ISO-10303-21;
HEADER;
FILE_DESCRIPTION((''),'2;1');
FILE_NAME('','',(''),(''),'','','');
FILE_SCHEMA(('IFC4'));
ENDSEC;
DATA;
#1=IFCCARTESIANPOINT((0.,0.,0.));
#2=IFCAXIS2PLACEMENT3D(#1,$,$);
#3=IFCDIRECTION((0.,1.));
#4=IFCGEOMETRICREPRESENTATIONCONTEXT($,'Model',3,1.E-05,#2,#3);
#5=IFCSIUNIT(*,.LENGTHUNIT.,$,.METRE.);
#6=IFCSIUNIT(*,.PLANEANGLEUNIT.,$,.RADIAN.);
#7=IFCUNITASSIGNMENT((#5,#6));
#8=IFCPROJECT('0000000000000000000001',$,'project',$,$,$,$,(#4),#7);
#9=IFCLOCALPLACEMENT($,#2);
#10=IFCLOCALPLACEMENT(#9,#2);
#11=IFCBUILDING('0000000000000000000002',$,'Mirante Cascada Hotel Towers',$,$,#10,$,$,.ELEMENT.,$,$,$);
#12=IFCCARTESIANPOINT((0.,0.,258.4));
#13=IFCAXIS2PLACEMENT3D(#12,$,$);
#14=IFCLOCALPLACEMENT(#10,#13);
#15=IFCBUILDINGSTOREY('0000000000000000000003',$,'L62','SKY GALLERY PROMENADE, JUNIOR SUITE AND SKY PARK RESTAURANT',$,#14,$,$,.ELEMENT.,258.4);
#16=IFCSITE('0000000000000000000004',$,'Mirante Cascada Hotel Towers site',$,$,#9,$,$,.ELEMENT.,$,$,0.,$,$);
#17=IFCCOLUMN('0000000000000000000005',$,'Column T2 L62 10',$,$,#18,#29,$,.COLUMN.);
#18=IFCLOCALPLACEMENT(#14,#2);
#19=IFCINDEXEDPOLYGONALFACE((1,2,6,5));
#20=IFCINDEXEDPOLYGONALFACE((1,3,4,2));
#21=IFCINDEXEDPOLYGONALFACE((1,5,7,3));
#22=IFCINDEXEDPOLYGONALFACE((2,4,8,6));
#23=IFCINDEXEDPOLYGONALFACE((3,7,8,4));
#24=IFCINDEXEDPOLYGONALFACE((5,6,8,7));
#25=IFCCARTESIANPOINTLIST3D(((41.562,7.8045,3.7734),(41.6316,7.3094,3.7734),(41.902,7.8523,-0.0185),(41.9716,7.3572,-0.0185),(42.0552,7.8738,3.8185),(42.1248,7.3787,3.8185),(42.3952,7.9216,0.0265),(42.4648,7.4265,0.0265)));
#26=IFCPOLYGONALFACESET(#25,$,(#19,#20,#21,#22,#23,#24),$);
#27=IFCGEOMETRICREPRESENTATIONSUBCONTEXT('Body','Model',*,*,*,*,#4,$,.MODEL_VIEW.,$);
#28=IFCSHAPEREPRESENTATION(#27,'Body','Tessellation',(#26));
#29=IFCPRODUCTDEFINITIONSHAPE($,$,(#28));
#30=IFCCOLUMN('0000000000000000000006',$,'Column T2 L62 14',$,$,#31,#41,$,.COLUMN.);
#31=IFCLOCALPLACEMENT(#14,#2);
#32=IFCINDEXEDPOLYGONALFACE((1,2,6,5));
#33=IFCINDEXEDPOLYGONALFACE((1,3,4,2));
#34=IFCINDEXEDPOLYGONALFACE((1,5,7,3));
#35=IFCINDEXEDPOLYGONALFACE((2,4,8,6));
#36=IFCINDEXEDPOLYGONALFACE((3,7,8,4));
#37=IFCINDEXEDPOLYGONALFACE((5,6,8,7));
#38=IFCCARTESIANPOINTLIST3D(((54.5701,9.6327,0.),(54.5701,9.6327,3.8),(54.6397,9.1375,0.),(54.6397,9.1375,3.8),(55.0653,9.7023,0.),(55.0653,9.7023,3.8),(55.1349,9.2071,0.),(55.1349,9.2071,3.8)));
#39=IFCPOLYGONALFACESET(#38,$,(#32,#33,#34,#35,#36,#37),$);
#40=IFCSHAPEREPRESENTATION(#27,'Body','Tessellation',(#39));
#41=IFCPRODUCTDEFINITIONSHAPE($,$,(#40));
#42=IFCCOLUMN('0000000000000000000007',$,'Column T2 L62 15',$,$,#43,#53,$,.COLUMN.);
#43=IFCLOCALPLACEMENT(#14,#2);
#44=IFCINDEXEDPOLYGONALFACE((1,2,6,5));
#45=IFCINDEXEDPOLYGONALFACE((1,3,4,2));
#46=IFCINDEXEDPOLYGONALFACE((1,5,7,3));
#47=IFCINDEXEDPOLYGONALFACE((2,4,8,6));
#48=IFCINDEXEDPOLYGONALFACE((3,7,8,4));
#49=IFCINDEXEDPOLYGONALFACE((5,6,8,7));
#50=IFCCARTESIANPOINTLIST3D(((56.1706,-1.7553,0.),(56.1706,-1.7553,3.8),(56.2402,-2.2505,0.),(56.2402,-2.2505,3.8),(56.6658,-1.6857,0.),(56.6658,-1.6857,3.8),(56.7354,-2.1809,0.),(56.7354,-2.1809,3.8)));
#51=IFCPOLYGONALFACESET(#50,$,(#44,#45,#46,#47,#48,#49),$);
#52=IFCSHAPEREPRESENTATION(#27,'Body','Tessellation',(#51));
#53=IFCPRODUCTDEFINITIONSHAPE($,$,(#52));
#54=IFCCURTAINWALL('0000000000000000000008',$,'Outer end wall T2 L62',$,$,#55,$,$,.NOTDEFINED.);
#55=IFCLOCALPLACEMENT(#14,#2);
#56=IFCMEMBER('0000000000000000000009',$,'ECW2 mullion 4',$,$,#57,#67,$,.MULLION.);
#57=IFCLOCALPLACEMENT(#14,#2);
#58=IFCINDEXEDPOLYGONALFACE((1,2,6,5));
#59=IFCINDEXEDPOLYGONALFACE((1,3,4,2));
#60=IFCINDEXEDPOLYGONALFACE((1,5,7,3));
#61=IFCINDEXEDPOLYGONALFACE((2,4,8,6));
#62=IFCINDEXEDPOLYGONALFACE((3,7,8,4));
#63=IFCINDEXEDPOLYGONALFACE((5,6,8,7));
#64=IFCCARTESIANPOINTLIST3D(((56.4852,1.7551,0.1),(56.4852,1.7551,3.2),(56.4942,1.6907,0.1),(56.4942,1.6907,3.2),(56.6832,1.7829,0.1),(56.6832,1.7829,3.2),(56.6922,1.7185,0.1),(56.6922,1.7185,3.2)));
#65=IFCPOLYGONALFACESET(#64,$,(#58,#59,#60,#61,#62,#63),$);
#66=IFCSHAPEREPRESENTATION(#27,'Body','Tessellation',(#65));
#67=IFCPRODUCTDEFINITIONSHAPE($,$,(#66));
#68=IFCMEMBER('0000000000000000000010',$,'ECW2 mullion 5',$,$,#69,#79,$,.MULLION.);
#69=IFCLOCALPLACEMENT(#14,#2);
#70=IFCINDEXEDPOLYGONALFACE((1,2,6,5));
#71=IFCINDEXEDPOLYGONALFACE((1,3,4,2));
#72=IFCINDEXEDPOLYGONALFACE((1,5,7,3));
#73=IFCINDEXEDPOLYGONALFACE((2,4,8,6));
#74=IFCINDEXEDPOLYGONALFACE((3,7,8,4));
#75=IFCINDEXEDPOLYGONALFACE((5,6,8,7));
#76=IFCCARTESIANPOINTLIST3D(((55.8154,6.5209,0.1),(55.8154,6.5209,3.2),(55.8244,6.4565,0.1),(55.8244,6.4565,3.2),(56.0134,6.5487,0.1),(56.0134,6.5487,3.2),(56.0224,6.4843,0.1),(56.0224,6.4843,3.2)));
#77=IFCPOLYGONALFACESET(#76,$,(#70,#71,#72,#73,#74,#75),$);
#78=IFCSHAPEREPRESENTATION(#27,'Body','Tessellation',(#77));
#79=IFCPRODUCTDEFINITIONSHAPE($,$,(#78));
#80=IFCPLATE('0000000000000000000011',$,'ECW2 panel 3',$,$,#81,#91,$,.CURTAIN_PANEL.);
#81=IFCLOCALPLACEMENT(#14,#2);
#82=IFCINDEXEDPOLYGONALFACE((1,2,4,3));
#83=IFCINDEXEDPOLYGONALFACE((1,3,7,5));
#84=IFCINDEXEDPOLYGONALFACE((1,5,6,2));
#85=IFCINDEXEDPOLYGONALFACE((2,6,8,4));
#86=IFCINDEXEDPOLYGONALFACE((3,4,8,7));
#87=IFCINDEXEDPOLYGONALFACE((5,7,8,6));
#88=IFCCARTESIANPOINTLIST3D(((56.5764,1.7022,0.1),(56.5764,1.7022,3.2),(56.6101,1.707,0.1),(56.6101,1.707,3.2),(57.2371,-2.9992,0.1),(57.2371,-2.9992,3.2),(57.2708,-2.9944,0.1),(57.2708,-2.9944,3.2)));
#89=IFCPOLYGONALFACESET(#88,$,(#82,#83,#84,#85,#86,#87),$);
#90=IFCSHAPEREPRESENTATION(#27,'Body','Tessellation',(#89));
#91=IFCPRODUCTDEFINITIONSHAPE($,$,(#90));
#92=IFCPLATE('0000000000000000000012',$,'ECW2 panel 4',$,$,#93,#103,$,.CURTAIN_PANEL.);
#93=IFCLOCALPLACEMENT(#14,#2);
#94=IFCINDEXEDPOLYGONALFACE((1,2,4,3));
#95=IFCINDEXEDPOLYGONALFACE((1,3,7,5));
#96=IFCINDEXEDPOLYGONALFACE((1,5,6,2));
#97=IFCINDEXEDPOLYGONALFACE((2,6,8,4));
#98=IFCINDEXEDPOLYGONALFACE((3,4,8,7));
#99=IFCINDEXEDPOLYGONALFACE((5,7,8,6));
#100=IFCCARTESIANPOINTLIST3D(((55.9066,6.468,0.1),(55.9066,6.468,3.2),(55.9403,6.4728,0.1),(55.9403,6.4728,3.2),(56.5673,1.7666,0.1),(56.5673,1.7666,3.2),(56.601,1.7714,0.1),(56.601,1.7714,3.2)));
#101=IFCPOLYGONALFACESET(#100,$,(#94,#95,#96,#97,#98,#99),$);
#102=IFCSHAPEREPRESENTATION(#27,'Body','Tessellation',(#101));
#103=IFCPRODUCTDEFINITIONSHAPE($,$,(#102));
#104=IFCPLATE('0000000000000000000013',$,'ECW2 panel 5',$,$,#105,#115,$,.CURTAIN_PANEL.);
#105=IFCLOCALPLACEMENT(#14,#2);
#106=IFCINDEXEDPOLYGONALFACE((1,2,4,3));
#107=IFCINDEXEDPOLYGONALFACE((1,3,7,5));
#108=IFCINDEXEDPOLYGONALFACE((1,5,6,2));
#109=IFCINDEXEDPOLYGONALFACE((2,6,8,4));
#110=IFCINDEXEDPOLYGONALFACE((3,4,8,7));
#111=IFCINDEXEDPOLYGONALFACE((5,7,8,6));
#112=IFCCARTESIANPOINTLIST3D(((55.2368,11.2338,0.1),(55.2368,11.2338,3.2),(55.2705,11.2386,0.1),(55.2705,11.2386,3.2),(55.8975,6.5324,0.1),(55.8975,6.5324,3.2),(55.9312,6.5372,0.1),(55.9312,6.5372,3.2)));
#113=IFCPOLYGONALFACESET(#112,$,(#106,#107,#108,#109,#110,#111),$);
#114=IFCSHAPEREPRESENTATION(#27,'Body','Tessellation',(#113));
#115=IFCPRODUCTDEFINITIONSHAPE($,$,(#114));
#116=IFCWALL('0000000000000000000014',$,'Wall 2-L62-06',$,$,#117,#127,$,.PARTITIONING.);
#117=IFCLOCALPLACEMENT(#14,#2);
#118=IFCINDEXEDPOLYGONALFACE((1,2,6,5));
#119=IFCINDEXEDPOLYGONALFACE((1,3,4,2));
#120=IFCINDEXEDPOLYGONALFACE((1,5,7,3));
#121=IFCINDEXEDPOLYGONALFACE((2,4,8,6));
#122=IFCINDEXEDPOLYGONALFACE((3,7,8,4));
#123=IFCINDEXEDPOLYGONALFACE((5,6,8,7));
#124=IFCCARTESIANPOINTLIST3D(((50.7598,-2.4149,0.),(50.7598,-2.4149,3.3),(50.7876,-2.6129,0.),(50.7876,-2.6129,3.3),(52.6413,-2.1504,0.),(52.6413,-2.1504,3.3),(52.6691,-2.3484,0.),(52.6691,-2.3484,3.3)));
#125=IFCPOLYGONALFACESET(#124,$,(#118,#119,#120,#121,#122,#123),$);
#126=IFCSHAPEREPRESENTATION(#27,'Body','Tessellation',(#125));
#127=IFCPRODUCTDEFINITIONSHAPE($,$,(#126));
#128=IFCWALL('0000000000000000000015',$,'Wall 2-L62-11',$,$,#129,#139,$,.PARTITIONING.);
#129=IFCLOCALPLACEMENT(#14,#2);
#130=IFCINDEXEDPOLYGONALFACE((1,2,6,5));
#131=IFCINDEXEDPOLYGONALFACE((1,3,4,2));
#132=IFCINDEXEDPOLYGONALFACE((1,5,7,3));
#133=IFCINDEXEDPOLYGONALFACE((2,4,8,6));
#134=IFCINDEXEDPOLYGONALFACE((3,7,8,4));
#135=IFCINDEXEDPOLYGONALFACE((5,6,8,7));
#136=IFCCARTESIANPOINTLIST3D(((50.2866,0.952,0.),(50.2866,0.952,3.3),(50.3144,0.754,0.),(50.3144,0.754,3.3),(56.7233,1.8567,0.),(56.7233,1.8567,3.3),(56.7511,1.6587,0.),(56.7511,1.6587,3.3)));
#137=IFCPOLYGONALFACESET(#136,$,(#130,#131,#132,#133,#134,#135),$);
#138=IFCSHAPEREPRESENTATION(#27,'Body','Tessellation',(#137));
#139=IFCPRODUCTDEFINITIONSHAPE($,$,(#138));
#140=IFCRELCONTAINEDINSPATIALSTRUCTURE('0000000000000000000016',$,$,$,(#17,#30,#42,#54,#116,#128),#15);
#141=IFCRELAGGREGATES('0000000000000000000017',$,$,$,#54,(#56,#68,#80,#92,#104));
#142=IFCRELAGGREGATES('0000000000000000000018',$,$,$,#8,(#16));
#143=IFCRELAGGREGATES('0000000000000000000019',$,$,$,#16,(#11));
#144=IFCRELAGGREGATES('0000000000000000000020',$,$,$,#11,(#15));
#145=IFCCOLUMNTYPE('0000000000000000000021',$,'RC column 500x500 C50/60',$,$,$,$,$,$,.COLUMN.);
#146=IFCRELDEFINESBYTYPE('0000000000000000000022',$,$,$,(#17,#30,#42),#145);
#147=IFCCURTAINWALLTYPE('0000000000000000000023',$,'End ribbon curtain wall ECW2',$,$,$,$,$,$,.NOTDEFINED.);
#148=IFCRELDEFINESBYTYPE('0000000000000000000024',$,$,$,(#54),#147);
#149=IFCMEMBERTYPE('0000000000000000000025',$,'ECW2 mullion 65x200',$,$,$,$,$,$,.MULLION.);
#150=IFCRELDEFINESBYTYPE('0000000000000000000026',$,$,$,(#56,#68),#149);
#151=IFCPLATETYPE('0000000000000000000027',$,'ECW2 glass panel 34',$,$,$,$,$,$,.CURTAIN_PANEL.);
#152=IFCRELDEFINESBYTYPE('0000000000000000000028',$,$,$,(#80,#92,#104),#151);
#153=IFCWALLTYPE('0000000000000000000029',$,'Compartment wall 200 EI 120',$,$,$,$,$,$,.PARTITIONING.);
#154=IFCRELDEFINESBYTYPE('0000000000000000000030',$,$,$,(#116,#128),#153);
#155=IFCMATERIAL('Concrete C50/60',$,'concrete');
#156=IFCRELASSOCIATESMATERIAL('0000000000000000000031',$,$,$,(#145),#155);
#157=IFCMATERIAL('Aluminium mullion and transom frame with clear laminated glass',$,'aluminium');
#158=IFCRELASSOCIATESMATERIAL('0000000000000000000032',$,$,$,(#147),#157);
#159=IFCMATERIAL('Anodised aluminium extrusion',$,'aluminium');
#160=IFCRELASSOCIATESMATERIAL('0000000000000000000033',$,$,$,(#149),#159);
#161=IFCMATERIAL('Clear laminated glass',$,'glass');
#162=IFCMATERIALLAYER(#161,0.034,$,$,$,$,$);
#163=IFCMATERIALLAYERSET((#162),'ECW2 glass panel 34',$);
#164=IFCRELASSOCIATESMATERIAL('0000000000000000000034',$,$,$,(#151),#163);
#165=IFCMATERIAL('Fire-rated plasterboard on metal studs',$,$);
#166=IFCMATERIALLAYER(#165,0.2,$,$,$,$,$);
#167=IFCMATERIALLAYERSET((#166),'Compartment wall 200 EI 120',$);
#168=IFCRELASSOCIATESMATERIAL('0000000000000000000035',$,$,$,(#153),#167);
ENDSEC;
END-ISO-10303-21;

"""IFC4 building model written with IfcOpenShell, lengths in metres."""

from ifc_helpers import new_model, si_unit, direction, frame, frame_2d, origin, origin_2d, place, context, subcontext, project, spatial, rectangle, extrude, material, layer, layer_set, material_profile, profile_set, type_object, element, aggregate, save


model = new_model("IFC4")

# Units and contexts
model_context = context("Model", 3, precision=1e-05, world=origin(), true_north=direction((0.0, 1.0)))
body_context = subcontext(model_context, "Body", "Model", "MODEL_VIEW")
ifc_project = project(units=[si_unit("LENGTHUNIT", "METRE"), si_unit("PLANEANGLEUNIT", "RADIAN")], contexts=[model_context])

# Site, building, storey
site_placement = place(None, origin())
site = spatial("IfcSite", under=ifc_project, at=site_placement, Name="Mirante Cascada Hotel Towers site", CompositionType="ELEMENT", RefElevation=0.0)
building_placement = place(site_placement, origin())
building = spatial("IfcBuilding", under=site, at=building_placement, Name="Mirante Cascada Hotel Towers", CompositionType="ELEMENT")
storey_placement = place(building_placement, frame((0.0, 0.0, 258.4)))
storey = spatial("IfcBuildingStorey", under=building, at=storey_placement, Name="L62", Description="SKY GALLERY PROMENADE, JUNIOR SUITE AND SKY PARK RESTAURANT", CompositionType="ELEMENT", Elevation=258.4)

# Columns
ifc_material_1 = material(Name="Concrete C50/60", Category="concrete")
ifc_material_profile_1 = material_profile(ifc_material_1, rectangle(XDim=0.5, YDim=0.5, at=origin_2d()), Name="RC column 500x500 C50/60")
ifc_profile_set_1 = profile_set([ifc_material_profile_1], Name="Concrete C50/60")
column_type = type_object("IfcColumnType", Name="RC column 500x500 C50/60", PredefinedType="COLUMN", material=ifc_profile_set_1)
column_placement = place(storey_placement, frame((42.1834, 7.6394, 0.004), z_axis=(-0.089297, -0.012554, 0.995926), x_axis=(0.139219, -0.990262, 0.0)))
element("IfcColumn", 1, at=column_placement, inside=storey, type_object=column_type, Name="Column T2 L62 10", PredefinedType="COLUMN", context=body_context, shape_type="SweptSolid", body=[
    extrude(rectangle(XDim=0.5, YDim=0.5, at=origin_2d()), origin(), (0.0, 0.0, 1.0), 3.8075),
])
for number, where, z_axis, x_axis, name in (
    (2, (54.8525, 9.4199, 0.0), (0.0, 0.0, 1.0), (0.990268, 0.139173, 0.0), "Column T2 L62 14"),
    (3, (56.453, -1.9681, 0.0), (0.0, 0.0, 1.0), (0.990268, 0.139173, 0.0), "Column T2 L62 15"),
):
    element("IfcColumn", number, at=place(storey_placement, frame(where, z_axis=z_axis, x_axis=x_axis)), inside=storey, type_object=column_type, Name=name, PredefinedType="COLUMN", context=body_context, shape_type="SweptSolid", body=[
        extrude(rectangle(XDim=0.5, YDim=0.5, at=origin_2d()), origin(), (0.0, 0.0, 1.0), 3.8),
    ])

# Curtain wall, members, plates
ifc_material_2 = material(Name="Aluminium mullion and transom frame with clear laminated glass", Category="aluminium")
curtain_wall_type = type_object("IfcCurtainWallType", Name="End ribbon curtain wall ECW2", PredefinedType="NOTDEFINED", material=ifc_material_2)
curtain_wall_placement = place(storey_placement, origin())
curtain_wall = element("IfcCurtainWall", 4, at=curtain_wall_placement, inside=storey, type_object=curtain_wall_type, Name="Outer end wall T2 L62", PredefinedType="NOTDEFINED")
ifc_material_3 = material(Name="Anodised aluminium extrusion", Category="aluminium")
ifc_material_profile_2 = material_profile(ifc_material_3, rectangle(XDim=0.2, YDim=0.065, at=origin_2d()), Name="ECW2 MULLION 65x200")
ifc_profile_set_2 = profile_set([ifc_material_profile_2], Name="Anodised aluminium extrusion")
member_type = type_object("IfcMemberType", Name="ECW2 mullion 65x200", PredefinedType="MULLION", material=ifc_profile_set_2)
member_1_placement = place(storey_placement, frame((56.5887, 1.7368, 0.1), z_axis=(0.0, 0.0, 1.0), x_axis=(-0.990268, -0.139173, 0.0)))
member_1 = element("IfcMember", 5, at=member_1_placement, type_object=member_type, Name="ECW2 mullion 4", PredefinedType="MULLION", context=body_context, shape_type="SweptSolid", body=[
    extrude(rectangle(XDim=0.2, YDim=0.065, at=origin_2d()), origin(), (0.0, 0.0, 1.0), 3.1),
])
member_2_placement = place(storey_placement, frame((55.9189, 6.5026, 0.1), z_axis=(0.0, 0.0, 1.0), x_axis=(-0.990268, -0.139173, 0.0)))
member_2 = element("IfcMember", 6, at=member_2_placement, type_object=member_type, Name="ECW2 mullion 5", PredefinedType="MULLION", context=body_context, shape_type="SweptSolid", body=[
    extrude(rectangle(XDim=0.2, YDim=0.065, at=origin_2d()), origin(), (0.0, 0.0, 1.0), 3.1),
])
ifc_material_4 = material(Name="Clear laminated glass", Category="glass")
ifc_layer_1 = layer(ifc_material_4, 0.034)
ifc_layer_set_1 = layer_set([ifc_layer_1], Name="ECW2 glass panel 34")
plate_type = type_object("IfcPlateType", Name="ECW2 glass panel 34", PredefinedType="CURTAIN_PANEL", material=ifc_layer_set_1)
plate_1_placement = place(storey_placement, frame((56.9236, -0.6461, 0.1), z_axis=(0.0, 0.0, 1.0), x_axis=(-0.139173, 0.990268, 0.0)))
plate_1 = element("IfcPlate", 7, at=plate_1_placement, type_object=plate_type, Name="ECW2 panel 3", PredefinedType="CURTAIN_PANEL", context=body_context, shape_type="SweptSolid", body=[
    extrude(rectangle(XDim=4.7476, YDim=0.034, at=origin_2d()), origin(), (0.0, 0.0, 1.0), 3.1),
])
plate_2_placement = place(storey_placement, frame((56.2538, 4.1197, 0.1), z_axis=(0.0, 0.0, 1.0), x_axis=(-0.139173, 0.990268, 0.0)))
plate_2 = element("IfcPlate", 8, at=plate_2_placement, type_object=plate_type, Name="ECW2 panel 4", PredefinedType="CURTAIN_PANEL", context=body_context, shape_type="SweptSolid", body=[
    extrude(rectangle(XDim=4.7476, YDim=0.034, at=origin_2d()), origin(), (0.0, 0.0, 1.0), 3.1),
])
plate_3_placement = place(storey_placement, frame((55.584, 8.8855, 0.1), z_axis=(0.0, 0.0, 1.0), x_axis=(-0.139173, 0.990268, 0.0)))
plate_3 = element("IfcPlate", 9, at=plate_3_placement, type_object=plate_type, Name="ECW2 panel 5", PredefinedType="CURTAIN_PANEL", context=body_context, shape_type="SweptSolid", body=[
    extrude(rectangle(XDim=4.7476, YDim=0.034, at=origin_2d()), origin(), (0.0, 0.0, 1.0), 3.1),
])
aggregate(curtain_wall, [member_1, member_2, plate_1, plate_2, plate_3])

# Walls
ifc_material_5 = material(Name="Fire-rated plasterboard on metal studs")
ifc_layer_2 = layer(ifc_material_5, 0.2)
ifc_layer_set_2 = layer_set([ifc_layer_2], Name="Compartment wall 200 EI 120")
wall_type_1 = type_object("IfcWallType", Name="Compartment wall 200 EI 120", PredefinedType="PARTITIONING", material=ifc_layer_set_2)
wall_1_placement = place(storey_placement, frame((52.6552, -2.2494, 0.0), z_axis=(0.0, 0.0, 1.0), x_axis=(-0.990263, -0.13921, 0.0)))
element("IfcWall", 10, at=wall_1_placement, inside=storey, type_object=wall_type_1, Name="Wall 2-L62-06", PredefinedType="PARTITIONING", context=body_context, shape_type="SweptSolid", body=[
    extrude(rectangle(XDim=1.9, YDim=0.2, at=frame_2d((0.95, 0.0))), origin(), (0.0, 0.0, 1.0), 3.3),
])
wall_2_placement = place(storey_placement, frame((50.3005, 0.853, 0.0), z_axis=(0.0, 0.0, 1.0), x_axis=(0.990266, 0.139185, 0.0)))
element("IfcWall", 11, at=wall_2_placement, inside=storey, type_object=wall_type_1, Name="Wall 2-L62-11", PredefinedType="PARTITIONING", context=body_context, shape_type="SweptSolid", body=[
    extrude(rectangle(XDim=6.5, YDim=0.2, at=frame_2d((3.25, 0.0))), origin(), (0.0, 0.0, 1.0), 3.3),
])

save(model, "model.ifc")
